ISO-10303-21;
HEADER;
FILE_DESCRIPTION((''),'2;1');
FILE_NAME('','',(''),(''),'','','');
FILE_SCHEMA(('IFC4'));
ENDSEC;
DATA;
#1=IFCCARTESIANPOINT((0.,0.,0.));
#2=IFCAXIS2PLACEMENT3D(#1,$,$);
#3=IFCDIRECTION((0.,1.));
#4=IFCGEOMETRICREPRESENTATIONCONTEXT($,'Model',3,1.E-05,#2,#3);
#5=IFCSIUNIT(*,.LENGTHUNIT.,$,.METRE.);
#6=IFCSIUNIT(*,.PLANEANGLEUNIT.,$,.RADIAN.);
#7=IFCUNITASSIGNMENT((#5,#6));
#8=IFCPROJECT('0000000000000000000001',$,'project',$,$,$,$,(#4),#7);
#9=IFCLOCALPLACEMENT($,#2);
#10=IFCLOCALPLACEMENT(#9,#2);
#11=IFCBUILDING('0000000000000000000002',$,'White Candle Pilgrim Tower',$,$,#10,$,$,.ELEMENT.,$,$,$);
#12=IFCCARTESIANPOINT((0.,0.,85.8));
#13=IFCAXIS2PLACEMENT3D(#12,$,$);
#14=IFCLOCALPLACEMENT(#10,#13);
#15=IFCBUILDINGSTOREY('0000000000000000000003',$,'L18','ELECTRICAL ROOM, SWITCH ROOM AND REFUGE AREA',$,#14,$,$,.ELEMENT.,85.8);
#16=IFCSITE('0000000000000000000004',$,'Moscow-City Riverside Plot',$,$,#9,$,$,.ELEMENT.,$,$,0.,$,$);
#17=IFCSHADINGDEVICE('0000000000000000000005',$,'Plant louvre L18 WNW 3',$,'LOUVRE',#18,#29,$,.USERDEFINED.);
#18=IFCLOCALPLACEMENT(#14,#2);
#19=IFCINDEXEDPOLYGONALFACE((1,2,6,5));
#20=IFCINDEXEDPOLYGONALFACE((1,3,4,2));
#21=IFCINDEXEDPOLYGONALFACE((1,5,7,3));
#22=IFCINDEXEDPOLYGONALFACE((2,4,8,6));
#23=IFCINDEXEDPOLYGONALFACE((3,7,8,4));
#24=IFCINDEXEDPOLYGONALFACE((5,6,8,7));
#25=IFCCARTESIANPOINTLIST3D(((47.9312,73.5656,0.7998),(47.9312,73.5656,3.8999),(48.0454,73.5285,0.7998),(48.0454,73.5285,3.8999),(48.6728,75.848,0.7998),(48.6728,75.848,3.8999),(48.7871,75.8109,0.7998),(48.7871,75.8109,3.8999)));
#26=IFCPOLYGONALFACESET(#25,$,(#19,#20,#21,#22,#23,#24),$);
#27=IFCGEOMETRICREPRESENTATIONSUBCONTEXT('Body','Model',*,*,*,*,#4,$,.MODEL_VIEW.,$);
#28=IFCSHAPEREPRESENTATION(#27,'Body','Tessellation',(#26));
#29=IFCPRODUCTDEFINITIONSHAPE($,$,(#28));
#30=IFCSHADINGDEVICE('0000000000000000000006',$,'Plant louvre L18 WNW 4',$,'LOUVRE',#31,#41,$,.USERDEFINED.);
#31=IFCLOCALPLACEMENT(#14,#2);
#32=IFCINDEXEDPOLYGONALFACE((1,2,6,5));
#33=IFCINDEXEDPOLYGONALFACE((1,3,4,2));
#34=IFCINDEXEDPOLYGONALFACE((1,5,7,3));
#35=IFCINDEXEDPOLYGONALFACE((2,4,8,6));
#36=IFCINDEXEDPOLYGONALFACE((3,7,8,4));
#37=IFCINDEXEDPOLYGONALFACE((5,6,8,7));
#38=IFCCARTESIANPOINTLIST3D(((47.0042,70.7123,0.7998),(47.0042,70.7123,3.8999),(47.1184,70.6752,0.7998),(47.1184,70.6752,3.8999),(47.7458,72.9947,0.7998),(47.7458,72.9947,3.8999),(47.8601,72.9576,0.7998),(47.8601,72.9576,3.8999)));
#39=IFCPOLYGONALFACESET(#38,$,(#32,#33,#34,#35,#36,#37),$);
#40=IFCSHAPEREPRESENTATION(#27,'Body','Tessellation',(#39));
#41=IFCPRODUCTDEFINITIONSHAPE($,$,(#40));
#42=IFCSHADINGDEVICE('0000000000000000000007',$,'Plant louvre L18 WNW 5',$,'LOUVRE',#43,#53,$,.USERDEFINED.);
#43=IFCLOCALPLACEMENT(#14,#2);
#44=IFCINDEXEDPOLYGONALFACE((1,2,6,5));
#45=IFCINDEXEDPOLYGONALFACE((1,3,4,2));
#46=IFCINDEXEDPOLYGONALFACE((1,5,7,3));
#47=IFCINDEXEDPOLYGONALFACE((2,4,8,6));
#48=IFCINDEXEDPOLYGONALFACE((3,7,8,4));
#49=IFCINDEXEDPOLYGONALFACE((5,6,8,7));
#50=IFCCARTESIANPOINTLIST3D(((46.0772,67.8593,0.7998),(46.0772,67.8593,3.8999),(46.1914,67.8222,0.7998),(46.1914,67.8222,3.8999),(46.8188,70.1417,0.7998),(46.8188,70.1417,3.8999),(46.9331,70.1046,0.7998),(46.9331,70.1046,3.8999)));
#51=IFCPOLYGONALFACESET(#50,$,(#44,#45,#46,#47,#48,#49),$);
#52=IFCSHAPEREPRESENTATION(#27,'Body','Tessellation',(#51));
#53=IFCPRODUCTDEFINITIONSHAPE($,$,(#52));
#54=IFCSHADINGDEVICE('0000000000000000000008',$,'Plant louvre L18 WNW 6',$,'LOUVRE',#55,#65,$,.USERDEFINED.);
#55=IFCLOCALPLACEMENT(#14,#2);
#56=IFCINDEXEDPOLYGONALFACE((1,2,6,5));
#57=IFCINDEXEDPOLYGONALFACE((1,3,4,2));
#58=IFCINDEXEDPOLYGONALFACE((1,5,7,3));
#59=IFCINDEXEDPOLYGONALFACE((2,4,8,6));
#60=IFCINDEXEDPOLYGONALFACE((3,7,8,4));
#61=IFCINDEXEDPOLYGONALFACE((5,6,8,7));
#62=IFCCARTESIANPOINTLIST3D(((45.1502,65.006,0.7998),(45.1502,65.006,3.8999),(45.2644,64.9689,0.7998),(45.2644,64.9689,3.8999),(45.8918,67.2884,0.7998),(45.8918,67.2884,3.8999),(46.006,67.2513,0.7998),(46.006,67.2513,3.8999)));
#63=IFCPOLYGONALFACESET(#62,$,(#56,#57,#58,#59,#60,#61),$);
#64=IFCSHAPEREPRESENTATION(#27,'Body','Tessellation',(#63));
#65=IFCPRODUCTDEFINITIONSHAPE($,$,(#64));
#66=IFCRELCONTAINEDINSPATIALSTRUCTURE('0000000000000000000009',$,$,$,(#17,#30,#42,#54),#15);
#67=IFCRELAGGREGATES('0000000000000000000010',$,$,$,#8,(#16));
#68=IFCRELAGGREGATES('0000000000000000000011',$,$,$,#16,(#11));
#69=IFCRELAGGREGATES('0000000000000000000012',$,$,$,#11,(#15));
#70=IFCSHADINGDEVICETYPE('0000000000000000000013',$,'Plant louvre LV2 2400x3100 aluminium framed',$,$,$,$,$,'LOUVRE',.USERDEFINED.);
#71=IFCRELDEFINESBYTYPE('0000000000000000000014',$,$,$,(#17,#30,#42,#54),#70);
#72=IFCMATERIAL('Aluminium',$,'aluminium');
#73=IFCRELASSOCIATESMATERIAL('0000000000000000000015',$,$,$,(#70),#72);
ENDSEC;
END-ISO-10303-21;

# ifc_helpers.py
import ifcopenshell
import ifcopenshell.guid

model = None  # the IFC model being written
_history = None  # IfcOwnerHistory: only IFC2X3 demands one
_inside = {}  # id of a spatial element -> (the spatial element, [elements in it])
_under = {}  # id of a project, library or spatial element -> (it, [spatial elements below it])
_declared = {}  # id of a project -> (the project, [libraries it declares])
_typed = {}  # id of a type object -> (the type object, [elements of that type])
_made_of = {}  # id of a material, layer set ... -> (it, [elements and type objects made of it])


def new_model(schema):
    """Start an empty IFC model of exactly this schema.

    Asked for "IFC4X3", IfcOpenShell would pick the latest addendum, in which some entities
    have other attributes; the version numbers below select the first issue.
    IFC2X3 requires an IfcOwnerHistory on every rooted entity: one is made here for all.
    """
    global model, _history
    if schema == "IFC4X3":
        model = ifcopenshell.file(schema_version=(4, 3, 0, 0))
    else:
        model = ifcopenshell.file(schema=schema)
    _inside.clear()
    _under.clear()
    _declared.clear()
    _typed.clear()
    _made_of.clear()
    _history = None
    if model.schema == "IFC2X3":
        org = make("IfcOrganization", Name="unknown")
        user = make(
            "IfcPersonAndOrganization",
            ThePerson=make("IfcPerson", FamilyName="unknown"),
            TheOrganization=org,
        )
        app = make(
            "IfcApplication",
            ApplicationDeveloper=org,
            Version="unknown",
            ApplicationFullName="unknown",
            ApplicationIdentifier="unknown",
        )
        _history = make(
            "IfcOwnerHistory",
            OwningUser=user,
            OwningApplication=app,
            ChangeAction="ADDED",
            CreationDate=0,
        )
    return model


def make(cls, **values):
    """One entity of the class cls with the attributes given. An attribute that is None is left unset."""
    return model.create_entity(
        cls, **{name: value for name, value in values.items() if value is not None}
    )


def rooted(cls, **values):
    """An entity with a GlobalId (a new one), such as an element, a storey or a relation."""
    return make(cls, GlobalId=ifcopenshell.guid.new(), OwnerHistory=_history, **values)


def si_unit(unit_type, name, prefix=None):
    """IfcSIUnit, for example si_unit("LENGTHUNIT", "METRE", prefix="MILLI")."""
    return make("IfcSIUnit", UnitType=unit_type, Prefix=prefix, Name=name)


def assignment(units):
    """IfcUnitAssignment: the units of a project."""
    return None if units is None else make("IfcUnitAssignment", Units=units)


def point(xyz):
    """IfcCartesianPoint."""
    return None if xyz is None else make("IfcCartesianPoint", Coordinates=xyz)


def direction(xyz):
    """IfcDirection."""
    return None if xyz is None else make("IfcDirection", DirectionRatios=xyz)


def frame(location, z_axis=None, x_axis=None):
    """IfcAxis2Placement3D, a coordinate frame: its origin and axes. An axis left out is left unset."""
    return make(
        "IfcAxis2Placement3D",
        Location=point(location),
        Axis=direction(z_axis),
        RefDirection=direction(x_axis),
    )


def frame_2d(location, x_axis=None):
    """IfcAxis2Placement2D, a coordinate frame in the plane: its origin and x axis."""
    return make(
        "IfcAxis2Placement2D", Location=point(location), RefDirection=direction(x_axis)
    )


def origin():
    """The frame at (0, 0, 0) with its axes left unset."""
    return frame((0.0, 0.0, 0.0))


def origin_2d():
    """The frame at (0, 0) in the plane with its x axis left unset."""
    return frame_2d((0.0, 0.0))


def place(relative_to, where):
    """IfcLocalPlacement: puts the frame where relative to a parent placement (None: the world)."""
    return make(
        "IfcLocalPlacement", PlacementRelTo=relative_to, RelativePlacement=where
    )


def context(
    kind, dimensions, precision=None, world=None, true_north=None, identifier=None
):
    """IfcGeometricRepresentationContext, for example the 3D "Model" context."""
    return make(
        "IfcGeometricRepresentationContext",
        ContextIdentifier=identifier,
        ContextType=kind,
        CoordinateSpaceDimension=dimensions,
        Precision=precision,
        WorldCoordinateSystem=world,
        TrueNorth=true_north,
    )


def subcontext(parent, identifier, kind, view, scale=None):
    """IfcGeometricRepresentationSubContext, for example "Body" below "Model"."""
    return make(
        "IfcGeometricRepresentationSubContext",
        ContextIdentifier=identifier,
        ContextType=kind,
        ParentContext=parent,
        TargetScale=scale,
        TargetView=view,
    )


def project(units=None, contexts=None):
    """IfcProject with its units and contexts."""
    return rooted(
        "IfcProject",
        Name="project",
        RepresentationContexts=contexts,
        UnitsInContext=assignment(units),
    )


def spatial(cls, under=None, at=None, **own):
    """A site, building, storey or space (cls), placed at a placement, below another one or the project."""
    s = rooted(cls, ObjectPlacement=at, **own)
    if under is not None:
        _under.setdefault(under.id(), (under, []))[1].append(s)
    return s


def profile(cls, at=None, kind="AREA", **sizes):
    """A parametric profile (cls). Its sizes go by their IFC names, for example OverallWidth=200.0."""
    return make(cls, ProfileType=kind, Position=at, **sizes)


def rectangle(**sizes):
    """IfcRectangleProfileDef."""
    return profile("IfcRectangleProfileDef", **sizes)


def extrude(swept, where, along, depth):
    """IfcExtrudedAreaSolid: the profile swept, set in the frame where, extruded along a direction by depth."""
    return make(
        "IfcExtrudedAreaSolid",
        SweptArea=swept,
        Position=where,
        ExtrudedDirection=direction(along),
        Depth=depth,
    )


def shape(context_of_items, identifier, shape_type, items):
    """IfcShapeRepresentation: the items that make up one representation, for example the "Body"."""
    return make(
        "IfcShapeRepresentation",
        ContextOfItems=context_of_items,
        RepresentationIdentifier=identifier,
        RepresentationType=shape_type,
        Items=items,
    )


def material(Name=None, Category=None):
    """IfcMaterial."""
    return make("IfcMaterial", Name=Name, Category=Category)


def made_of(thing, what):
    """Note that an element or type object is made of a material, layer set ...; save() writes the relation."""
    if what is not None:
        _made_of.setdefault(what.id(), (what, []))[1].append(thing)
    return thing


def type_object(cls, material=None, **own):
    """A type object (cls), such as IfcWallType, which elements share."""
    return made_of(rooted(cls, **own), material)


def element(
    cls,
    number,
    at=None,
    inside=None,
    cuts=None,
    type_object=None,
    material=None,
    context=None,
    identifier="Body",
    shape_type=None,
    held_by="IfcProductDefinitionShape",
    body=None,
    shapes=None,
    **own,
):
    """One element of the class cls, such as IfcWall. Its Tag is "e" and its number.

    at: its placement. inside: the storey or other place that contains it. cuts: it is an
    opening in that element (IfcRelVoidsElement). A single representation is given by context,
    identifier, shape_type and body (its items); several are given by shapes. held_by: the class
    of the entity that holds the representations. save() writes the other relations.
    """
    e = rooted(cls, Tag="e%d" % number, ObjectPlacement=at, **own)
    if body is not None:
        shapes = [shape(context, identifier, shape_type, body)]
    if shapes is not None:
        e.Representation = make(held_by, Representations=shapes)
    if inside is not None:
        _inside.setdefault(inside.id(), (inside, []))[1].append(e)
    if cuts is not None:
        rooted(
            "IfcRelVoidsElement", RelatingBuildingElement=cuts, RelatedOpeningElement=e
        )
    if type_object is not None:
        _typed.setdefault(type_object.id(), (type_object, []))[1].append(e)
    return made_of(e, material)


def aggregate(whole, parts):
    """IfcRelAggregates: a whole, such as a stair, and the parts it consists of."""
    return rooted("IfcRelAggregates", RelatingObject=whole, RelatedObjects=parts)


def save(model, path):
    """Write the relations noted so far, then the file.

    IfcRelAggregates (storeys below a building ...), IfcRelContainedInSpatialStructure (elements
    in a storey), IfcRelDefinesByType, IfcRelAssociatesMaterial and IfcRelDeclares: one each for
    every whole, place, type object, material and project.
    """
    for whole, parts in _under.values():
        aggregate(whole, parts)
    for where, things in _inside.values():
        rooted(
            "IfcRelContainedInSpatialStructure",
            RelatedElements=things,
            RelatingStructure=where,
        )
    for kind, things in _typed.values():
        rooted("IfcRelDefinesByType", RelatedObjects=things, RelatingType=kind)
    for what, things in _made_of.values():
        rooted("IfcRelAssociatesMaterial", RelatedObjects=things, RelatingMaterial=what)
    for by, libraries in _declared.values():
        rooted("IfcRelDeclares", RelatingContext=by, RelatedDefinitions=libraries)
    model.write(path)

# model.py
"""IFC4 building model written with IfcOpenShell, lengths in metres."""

from ifc_helpers import new_model, si_unit, direction, frame, origin, origin_2d, place, context, subcontext, project, spatial, rectangle, extrude, material, type_object, element, save


model = new_model("IFC4")

# Units and contexts
model_context = context("Model", 3, precision=1e-05, world=origin(), true_north=direction((0.0, 1.0)))
body_context = subcontext(model_context, "Body", "Model", "MODEL_VIEW")
ifc_project = project(units=[si_unit("LENGTHUNIT", "METRE"), si_unit("PLANEANGLEUNIT", "RADIAN")], contexts=[model_context])

# Site, building, storey
site_placement = place(None, origin())
site = spatial("IfcSite", under=ifc_project, at=site_placement, Name="Moscow-City Riverside Plot", CompositionType="ELEMENT", RefElevation=0.0)
building_placement = place(site_placement, origin())
building = spatial("IfcBuilding", under=site, at=building_placement, Name="White Candle Pilgrim Tower", CompositionType="ELEMENT")
storey_placement = place(building_placement, frame((0.0, 0.0, 85.8)))
storey = spatial("IfcBuildingStorey", under=building, at=storey_placement, Name="L18", Description="ELECTRICAL ROOM, SWITCH ROOM AND REFUGE AREA", CompositionType="ELEMENT", Elevation=85.8)

# Shading devices
ifc_material_1 = material(Name="Aluminium", Category="aluminium")
shading_device_type = type_object("IfcShadingDeviceType", Name="Plant louvre LV2 2400x3100 aluminium framed", ElementType="LOUVRE", PredefinedType="USERDEFINED", material=ifc_material_1)
for number, where, z_axis, x_axis, name in (
    (1, (48.3591, 74.6882, 0.7998), (0.0, 0.0, 1.0), (-0.309017, -0.951057, 0.0), "Plant louvre L18 WNW 3"),
    (2, (47.4321, 71.835, 0.7998), (0.0, 0.0, 1.0), (-0.309017, -0.951057, 0.0), "Plant louvre L18 WNW 4"),
    (3, (46.5051, 68.9819, 0.7998), (0.0, 0.0, 1.0), (-0.309017, -0.951057, 0.0), "Plant louvre L18 WNW 5"),
    (4, (45.5781, 66.1287, 0.7998), (0.0, 0.0, 1.0), (-0.309017, -0.951057, 0.0), "Plant louvre L18 WNW 6"),
):
    element("IfcShadingDevice", number, at=place(storey_placement, frame(where, z_axis=z_axis, x_axis=x_axis)), inside=storey, type_object=shading_device_type, Name=name, ObjectType="LOUVRE", PredefinedType="USERDEFINED", context=body_context, shape_type="SweptSolid", body=[
        extrude(rectangle(XDim=2.3999, YDim=0.1201, at=origin_2d()), origin(), (0.0, 0.0, 1.0), 3.1001),
    ])

save(model, "model.ifc")
